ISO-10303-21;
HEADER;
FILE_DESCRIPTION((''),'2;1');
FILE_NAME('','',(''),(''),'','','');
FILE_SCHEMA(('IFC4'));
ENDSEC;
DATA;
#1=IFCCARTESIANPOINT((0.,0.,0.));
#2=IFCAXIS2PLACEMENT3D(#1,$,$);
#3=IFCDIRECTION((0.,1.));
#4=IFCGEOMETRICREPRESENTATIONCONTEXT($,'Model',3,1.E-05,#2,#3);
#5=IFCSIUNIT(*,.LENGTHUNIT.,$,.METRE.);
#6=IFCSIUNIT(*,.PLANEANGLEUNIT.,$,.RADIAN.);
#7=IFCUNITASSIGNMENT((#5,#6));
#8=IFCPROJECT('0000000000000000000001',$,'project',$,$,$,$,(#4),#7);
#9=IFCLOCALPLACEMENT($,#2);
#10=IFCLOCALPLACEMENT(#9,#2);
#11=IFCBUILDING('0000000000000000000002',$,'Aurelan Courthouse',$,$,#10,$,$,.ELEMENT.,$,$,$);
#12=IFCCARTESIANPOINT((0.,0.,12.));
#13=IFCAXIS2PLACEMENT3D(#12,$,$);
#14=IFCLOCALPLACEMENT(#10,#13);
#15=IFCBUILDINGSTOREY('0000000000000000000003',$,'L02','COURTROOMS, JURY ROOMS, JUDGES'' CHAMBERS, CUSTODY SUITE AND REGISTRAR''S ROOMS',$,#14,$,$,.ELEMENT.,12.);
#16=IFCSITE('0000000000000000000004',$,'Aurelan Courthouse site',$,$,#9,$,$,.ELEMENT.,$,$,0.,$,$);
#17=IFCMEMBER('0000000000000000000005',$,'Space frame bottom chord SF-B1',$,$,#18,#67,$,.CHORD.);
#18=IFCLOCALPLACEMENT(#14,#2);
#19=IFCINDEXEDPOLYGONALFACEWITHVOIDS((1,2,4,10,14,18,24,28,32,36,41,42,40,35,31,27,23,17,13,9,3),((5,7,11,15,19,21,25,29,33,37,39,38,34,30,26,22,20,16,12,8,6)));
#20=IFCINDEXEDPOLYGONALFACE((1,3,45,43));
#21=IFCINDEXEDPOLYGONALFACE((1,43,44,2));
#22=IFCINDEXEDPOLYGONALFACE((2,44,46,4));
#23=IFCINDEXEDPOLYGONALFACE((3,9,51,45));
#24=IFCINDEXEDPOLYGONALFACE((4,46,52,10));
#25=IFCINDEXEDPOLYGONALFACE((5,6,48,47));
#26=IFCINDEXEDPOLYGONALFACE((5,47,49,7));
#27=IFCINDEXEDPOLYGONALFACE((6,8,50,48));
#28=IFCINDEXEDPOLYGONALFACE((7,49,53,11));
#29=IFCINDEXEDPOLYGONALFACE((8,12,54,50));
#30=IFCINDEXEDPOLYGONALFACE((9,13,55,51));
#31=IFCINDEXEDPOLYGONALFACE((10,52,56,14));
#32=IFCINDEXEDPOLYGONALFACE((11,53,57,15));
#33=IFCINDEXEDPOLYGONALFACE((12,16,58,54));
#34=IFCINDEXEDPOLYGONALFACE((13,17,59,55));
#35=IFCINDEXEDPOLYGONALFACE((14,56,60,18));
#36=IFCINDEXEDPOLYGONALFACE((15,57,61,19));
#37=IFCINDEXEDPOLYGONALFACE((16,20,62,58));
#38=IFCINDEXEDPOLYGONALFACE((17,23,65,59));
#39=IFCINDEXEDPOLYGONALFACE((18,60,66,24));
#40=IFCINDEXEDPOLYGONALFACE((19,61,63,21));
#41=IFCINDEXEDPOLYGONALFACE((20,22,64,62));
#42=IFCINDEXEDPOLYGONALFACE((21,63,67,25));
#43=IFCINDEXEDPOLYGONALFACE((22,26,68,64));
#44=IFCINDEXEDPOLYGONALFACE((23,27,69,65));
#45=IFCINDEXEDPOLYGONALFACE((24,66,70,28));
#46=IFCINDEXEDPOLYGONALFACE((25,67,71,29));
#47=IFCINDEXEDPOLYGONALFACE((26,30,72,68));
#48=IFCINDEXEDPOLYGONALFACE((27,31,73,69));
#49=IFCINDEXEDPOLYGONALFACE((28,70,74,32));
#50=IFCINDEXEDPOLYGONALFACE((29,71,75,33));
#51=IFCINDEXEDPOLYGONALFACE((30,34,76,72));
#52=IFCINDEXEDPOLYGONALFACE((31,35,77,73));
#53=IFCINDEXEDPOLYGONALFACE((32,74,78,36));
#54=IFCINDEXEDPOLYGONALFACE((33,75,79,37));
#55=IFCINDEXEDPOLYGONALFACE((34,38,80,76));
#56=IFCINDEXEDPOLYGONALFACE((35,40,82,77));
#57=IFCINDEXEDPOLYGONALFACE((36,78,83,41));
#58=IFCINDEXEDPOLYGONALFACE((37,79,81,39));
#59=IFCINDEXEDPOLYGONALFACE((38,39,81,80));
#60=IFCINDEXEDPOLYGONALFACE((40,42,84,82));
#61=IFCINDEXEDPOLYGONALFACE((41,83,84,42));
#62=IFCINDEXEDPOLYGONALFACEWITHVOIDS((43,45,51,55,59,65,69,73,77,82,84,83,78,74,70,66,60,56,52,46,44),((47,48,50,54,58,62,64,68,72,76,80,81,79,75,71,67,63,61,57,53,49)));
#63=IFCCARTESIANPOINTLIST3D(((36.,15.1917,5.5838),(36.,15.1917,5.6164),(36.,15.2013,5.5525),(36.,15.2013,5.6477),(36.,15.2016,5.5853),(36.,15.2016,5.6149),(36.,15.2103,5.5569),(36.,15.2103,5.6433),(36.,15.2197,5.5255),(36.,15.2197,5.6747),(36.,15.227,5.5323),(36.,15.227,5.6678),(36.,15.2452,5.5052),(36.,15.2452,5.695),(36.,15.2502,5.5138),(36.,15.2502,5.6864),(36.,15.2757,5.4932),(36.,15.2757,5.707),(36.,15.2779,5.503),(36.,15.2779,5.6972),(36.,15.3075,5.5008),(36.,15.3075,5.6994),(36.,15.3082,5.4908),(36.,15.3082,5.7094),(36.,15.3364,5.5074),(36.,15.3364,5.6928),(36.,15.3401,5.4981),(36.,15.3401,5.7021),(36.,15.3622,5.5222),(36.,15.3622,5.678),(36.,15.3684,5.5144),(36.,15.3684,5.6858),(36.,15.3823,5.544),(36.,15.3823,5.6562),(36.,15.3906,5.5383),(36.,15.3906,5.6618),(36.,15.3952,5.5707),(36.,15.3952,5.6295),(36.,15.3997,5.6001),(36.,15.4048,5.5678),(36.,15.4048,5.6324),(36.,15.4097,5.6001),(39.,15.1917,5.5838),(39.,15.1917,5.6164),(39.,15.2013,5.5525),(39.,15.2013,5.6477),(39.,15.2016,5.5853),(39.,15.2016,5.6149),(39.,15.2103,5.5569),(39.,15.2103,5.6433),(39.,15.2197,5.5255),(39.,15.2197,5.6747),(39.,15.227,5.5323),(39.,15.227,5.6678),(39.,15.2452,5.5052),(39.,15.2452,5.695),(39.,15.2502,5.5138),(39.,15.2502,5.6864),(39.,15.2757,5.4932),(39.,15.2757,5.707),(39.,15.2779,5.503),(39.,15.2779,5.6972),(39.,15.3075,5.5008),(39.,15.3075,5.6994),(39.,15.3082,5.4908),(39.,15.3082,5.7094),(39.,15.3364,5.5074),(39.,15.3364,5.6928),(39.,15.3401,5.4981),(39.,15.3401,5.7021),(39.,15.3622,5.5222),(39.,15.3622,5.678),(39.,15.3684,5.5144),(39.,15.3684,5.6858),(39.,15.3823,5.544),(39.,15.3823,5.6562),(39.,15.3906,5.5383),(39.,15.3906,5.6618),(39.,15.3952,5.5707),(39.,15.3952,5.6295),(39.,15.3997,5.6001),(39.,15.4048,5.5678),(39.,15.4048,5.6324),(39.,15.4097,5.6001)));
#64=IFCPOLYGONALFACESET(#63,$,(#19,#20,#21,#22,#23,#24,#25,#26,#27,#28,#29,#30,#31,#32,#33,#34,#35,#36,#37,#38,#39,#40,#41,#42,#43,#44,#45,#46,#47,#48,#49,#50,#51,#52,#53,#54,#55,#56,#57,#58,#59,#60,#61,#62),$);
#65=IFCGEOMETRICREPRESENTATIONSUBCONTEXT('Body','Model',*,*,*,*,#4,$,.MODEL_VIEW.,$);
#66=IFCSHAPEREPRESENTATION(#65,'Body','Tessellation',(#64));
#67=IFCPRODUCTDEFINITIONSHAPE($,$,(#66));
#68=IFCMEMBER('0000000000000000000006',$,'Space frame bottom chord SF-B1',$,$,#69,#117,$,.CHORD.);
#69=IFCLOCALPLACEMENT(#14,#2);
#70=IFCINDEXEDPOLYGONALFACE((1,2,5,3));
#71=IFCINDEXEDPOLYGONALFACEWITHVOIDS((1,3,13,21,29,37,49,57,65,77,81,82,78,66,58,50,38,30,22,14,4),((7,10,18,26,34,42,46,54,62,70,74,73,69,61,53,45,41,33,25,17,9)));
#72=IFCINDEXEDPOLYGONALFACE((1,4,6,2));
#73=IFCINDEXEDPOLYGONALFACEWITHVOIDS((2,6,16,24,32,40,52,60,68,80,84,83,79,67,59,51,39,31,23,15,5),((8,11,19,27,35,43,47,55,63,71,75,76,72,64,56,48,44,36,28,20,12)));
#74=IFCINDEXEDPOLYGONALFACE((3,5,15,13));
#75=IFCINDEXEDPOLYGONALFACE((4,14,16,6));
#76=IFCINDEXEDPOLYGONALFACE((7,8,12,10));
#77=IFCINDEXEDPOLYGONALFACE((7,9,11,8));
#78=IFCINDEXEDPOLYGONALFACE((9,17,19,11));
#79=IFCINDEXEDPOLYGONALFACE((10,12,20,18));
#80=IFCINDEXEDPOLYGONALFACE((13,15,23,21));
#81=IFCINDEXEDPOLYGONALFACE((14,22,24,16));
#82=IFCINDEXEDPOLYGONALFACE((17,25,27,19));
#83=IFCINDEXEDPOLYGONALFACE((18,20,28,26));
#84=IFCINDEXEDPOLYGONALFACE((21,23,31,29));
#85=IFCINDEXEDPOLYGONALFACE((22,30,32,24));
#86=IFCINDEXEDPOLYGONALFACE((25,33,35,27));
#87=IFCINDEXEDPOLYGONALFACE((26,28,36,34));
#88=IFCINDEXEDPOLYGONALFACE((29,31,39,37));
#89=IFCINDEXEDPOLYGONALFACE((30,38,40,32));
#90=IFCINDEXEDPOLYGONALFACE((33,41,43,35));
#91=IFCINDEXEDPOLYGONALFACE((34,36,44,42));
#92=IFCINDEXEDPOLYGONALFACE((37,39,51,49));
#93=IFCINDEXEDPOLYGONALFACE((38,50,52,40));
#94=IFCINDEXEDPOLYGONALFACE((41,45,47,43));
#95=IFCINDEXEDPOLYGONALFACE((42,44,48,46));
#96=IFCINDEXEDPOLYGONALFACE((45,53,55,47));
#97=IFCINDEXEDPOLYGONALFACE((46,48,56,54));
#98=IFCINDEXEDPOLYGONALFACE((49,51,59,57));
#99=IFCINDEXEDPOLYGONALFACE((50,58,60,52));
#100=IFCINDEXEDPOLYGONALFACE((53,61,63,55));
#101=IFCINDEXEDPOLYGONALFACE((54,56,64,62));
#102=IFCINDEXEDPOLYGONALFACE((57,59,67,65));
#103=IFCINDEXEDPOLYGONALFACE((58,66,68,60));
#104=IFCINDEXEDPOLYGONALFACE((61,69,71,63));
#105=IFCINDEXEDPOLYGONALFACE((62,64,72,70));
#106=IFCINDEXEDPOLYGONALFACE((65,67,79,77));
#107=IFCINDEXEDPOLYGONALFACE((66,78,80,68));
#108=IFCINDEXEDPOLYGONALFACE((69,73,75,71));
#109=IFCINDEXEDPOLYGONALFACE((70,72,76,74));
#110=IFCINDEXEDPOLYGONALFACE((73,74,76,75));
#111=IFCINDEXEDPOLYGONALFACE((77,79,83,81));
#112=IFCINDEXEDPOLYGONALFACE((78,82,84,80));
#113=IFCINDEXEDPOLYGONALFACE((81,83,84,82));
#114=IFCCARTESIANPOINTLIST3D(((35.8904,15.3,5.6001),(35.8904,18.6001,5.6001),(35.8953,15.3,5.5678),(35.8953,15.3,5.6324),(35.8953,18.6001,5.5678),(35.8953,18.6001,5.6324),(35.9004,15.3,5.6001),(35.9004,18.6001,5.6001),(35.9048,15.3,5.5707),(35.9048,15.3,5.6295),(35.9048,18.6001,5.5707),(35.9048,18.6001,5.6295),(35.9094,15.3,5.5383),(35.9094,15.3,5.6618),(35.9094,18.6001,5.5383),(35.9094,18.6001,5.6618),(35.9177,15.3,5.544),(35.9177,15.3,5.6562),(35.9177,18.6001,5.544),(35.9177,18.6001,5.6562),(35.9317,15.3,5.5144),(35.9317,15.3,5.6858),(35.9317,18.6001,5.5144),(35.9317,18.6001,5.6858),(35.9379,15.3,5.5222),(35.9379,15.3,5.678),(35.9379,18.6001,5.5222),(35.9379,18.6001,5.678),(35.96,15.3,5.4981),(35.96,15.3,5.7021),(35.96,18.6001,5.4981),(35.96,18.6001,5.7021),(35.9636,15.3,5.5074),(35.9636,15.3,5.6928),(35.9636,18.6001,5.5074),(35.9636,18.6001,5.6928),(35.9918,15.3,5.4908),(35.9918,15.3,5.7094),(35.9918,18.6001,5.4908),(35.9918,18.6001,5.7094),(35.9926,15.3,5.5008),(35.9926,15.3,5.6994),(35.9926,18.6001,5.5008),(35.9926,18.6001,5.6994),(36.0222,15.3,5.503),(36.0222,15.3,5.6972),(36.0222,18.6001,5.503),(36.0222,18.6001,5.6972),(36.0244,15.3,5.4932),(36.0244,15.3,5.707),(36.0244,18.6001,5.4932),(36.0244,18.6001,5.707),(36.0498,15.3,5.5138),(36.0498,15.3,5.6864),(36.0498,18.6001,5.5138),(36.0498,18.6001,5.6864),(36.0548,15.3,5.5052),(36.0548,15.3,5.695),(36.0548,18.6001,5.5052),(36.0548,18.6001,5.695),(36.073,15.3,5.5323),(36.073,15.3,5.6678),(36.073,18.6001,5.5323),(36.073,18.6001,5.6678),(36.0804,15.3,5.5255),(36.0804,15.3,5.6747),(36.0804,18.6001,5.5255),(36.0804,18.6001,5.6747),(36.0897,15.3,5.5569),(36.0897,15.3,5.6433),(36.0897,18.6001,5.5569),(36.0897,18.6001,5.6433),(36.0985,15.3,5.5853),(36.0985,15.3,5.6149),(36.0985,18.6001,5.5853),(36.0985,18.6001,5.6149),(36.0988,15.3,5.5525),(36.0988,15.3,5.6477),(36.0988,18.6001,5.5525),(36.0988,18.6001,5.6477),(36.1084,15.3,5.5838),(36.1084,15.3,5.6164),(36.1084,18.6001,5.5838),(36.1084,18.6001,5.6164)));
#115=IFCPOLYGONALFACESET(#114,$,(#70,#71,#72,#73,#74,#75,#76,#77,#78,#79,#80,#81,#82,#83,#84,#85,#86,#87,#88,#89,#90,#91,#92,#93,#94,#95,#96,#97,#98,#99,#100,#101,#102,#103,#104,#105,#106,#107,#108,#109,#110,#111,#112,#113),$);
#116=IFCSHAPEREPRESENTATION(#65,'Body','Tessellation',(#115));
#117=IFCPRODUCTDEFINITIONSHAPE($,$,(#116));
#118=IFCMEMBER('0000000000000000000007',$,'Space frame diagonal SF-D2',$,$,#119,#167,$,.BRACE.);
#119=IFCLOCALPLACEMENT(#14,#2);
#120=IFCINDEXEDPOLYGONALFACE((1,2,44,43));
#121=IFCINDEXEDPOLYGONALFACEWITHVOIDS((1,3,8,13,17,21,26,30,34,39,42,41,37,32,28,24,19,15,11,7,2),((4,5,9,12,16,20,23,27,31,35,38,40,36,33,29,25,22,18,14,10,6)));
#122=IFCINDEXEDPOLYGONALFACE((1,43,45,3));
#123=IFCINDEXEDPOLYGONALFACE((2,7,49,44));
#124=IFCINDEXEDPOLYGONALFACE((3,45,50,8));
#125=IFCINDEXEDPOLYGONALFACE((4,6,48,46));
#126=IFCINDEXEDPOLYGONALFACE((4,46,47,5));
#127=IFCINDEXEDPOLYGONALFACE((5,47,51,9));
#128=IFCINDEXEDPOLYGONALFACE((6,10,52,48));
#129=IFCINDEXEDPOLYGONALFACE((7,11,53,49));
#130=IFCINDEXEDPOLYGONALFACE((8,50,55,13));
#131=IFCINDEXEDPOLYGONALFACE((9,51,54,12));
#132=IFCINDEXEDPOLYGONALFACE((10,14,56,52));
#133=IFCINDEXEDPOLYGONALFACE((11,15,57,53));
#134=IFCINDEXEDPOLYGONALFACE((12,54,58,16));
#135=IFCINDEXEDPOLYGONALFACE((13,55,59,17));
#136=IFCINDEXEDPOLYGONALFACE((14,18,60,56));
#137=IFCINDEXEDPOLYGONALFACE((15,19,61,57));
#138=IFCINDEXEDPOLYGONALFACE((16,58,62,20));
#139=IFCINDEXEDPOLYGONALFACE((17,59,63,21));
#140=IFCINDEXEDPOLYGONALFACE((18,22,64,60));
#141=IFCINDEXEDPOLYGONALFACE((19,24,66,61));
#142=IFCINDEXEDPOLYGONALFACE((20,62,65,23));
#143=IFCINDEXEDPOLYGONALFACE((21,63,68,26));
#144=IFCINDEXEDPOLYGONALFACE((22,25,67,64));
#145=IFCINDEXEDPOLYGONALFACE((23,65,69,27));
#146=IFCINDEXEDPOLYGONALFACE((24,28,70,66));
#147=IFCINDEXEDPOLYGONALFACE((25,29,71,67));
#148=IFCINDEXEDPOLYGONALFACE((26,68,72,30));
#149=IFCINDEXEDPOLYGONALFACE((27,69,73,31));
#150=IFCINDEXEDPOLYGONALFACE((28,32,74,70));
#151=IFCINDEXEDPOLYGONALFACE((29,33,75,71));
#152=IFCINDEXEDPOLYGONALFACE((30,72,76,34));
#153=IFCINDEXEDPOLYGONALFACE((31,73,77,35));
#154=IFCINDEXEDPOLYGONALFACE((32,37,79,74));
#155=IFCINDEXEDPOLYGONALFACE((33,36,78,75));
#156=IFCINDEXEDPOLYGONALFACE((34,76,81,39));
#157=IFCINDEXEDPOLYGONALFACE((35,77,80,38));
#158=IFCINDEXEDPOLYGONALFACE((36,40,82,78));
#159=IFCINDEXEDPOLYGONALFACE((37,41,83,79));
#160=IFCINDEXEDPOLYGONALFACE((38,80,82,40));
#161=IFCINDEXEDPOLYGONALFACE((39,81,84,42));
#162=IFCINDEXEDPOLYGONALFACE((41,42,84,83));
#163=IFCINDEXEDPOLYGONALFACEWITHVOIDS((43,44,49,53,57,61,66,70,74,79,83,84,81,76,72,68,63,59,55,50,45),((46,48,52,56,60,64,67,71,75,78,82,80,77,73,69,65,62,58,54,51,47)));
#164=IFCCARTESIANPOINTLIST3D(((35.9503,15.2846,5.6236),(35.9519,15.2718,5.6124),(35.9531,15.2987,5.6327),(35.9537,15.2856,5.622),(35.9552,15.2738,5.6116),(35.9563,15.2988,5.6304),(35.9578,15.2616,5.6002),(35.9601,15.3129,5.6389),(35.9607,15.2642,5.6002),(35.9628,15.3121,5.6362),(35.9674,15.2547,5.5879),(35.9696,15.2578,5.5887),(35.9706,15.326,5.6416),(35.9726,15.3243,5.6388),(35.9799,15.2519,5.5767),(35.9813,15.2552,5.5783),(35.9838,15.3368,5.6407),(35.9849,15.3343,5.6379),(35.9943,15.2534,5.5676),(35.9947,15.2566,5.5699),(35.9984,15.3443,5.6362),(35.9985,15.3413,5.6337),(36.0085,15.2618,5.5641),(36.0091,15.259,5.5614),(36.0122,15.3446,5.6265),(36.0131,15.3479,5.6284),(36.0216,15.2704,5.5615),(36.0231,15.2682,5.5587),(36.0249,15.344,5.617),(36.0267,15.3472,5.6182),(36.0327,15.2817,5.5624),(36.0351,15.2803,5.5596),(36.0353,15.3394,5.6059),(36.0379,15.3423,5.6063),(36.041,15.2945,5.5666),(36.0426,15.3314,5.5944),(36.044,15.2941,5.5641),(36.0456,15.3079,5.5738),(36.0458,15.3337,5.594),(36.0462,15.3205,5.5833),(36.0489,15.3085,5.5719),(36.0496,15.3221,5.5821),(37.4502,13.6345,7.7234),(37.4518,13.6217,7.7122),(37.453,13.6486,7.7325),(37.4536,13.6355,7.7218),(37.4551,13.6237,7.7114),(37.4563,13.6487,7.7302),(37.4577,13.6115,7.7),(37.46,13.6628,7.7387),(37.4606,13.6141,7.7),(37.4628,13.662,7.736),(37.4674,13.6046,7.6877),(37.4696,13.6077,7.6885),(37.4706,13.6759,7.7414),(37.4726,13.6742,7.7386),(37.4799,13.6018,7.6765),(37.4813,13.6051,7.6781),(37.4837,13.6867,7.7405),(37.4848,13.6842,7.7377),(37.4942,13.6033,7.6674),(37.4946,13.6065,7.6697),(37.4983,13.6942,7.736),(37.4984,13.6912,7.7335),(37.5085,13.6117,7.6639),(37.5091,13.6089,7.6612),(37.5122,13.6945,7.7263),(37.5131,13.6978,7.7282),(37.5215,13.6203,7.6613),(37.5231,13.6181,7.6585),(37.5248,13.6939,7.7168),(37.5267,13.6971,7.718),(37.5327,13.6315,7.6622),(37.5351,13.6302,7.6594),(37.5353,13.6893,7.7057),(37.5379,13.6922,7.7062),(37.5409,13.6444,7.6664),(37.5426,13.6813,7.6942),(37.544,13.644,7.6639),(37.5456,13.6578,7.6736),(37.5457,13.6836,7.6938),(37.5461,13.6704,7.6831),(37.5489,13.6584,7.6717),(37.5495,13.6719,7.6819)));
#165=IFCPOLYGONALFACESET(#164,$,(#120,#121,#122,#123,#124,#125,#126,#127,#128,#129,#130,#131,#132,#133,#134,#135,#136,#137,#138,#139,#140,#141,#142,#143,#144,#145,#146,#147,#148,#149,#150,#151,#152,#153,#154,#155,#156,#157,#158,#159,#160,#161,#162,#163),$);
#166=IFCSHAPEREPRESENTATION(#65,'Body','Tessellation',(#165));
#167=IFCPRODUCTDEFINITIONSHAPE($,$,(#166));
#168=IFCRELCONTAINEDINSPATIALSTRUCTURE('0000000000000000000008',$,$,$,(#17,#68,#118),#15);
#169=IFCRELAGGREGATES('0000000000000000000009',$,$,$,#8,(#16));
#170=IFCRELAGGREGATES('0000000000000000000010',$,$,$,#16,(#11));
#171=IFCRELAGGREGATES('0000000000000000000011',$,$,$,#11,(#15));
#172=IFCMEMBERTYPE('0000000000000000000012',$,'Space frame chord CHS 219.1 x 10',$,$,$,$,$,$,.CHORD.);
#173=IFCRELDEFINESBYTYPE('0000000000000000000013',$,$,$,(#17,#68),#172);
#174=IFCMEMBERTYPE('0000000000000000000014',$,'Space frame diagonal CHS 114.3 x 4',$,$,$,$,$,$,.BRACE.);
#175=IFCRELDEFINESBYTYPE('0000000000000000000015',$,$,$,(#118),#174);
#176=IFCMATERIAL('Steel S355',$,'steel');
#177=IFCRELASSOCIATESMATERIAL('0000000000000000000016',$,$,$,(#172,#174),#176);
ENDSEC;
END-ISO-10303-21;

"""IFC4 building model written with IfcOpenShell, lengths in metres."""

from ifc_helpers import new_model, si_unit, direction, frame, origin, origin_2d, place, context, subcontext, project, spatial, hollow_circle, extrude, material, material_profile, profile_set, type_object, element, save


model = new_model("IFC4")

# Units and contexts
model_context = context("Model", 3, precision=1e-05, world=origin(), true_north=direction((0.0, 1.0)))
body_context = subcontext(model_context, "Body", "Model", "MODEL_VIEW")
ifc_project = project(units=[si_unit("LENGTHUNIT", "METRE"), si_unit("PLANEANGLEUNIT", "RADIAN")], contexts=[model_context])

# Site, building, storey
site_placement = place(None, origin())
site = spatial("IfcSite", under=ifc_project, at=site_placement, Name="Aurelan Courthouse site", CompositionType="ELEMENT", RefElevation=0.0)
building_placement = place(site_placement, origin())
building = spatial("IfcBuilding", under=site, at=building_placement, Name="Aurelan Courthouse", CompositionType="ELEMENT")
storey_placement = place(building_placement, frame((0.0, 0.0, 12.0)))
storey = spatial("IfcBuildingStorey", under=building, at=storey_placement, Name="L02", Description="COURTROOMS, JURY ROOMS, JUDGES' CHAMBERS, CUSTODY SUITE AND REGISTRAR'S ROOMS", CompositionType="ELEMENT", Elevation=12.0)

# Members
ifc_material_1 = material(Name="Steel S355", Category="steel")
ifc_material_profile_1 = material_profile(ifc_material_1, hollow_circle(Radius=0.1096, WallThickness=0.01, at=origin_2d()), Name="CHS 219.1 x 10")
ifc_profile_set_1 = profile_set([ifc_material_profile_1], Name="Steel S355")
member_type_1 = type_object("IfcMemberType", Name="Space frame chord CHS 219.1 x 10", PredefinedType="CHORD", material=ifc_profile_set_1)
member_1_placement = place(storey_placement, frame((36.0, 15.3, 5.6001), z_axis=(1.0, 0.0, 0.0), x_axis=(0.0, 1.0, 0.0)))
element("IfcMember", 1, at=member_1_placement, inside=storey, type_object=member_type_1, Name="Space frame bottom chord SF-B1", PredefinedType="CHORD", context=body_context, shape_type="SweptSolid", body=[
    extrude(hollow_circle(Radius=0.1096, WallThickness=0.01, at=origin_2d()), origin(), (0.0, 0.0, 1.0), 3.0),
])
member_2_placement = place(storey_placement, frame((36.0, 15.3, 5.6001), z_axis=(0.0, 1.0, 0.0), x_axis=(-1.0, 0.0, 0.0)))
element("IfcMember", 2, at=member_2_placement, inside=storey, type_object=member_type_1, Name="Space frame bottom chord SF-B1", PredefinedType="CHORD", context=body_context, shape_type="SweptSolid", body=[
    extrude(hollow_circle(Radius=0.1096, WallThickness=0.01, at=origin_2d()), origin(), (0.0, 0.0, 1.0), 3.3),
])
ifc_material_profile_2 = material_profile(ifc_material_1, hollow_circle(Radius=0.0571, WallThickness=0.0039, at=origin_2d()), Name="CHS 114.3 x 4")
ifc_profile_set_2 = profile_set([ifc_material_profile_2], Name="Steel S355")
member_type_2 = type_object("IfcMemberType", Name="Space frame diagonal CHS 114.3 x 4", PredefinedType="BRACE", material=ifc_profile_set_2)
for number, where, z_axis, x_axis, name in (
    (3, (37.5, 13.6499, 7.7), (-0.489706, 0.538724, -0.68554), (-0.73997, -0.67264, 0.0), "Space frame diagonal SF-D2"),
):
    element("IfcMember", number, at=place(storey_placement, frame(where, z_axis=z_axis, x_axis=x_axis)), inside=storey, type_object=member_type_2, Name=name, PredefinedType="BRACE", context=body_context, shape_type="SweptSolid", body=[
        extrude(hollow_circle(Radius=0.0571, WallThickness=0.0039, at=origin_2d()), origin(), (0.0, 0.0, 1.0), 3.063),
    ])

save(model, "model.ifc")
